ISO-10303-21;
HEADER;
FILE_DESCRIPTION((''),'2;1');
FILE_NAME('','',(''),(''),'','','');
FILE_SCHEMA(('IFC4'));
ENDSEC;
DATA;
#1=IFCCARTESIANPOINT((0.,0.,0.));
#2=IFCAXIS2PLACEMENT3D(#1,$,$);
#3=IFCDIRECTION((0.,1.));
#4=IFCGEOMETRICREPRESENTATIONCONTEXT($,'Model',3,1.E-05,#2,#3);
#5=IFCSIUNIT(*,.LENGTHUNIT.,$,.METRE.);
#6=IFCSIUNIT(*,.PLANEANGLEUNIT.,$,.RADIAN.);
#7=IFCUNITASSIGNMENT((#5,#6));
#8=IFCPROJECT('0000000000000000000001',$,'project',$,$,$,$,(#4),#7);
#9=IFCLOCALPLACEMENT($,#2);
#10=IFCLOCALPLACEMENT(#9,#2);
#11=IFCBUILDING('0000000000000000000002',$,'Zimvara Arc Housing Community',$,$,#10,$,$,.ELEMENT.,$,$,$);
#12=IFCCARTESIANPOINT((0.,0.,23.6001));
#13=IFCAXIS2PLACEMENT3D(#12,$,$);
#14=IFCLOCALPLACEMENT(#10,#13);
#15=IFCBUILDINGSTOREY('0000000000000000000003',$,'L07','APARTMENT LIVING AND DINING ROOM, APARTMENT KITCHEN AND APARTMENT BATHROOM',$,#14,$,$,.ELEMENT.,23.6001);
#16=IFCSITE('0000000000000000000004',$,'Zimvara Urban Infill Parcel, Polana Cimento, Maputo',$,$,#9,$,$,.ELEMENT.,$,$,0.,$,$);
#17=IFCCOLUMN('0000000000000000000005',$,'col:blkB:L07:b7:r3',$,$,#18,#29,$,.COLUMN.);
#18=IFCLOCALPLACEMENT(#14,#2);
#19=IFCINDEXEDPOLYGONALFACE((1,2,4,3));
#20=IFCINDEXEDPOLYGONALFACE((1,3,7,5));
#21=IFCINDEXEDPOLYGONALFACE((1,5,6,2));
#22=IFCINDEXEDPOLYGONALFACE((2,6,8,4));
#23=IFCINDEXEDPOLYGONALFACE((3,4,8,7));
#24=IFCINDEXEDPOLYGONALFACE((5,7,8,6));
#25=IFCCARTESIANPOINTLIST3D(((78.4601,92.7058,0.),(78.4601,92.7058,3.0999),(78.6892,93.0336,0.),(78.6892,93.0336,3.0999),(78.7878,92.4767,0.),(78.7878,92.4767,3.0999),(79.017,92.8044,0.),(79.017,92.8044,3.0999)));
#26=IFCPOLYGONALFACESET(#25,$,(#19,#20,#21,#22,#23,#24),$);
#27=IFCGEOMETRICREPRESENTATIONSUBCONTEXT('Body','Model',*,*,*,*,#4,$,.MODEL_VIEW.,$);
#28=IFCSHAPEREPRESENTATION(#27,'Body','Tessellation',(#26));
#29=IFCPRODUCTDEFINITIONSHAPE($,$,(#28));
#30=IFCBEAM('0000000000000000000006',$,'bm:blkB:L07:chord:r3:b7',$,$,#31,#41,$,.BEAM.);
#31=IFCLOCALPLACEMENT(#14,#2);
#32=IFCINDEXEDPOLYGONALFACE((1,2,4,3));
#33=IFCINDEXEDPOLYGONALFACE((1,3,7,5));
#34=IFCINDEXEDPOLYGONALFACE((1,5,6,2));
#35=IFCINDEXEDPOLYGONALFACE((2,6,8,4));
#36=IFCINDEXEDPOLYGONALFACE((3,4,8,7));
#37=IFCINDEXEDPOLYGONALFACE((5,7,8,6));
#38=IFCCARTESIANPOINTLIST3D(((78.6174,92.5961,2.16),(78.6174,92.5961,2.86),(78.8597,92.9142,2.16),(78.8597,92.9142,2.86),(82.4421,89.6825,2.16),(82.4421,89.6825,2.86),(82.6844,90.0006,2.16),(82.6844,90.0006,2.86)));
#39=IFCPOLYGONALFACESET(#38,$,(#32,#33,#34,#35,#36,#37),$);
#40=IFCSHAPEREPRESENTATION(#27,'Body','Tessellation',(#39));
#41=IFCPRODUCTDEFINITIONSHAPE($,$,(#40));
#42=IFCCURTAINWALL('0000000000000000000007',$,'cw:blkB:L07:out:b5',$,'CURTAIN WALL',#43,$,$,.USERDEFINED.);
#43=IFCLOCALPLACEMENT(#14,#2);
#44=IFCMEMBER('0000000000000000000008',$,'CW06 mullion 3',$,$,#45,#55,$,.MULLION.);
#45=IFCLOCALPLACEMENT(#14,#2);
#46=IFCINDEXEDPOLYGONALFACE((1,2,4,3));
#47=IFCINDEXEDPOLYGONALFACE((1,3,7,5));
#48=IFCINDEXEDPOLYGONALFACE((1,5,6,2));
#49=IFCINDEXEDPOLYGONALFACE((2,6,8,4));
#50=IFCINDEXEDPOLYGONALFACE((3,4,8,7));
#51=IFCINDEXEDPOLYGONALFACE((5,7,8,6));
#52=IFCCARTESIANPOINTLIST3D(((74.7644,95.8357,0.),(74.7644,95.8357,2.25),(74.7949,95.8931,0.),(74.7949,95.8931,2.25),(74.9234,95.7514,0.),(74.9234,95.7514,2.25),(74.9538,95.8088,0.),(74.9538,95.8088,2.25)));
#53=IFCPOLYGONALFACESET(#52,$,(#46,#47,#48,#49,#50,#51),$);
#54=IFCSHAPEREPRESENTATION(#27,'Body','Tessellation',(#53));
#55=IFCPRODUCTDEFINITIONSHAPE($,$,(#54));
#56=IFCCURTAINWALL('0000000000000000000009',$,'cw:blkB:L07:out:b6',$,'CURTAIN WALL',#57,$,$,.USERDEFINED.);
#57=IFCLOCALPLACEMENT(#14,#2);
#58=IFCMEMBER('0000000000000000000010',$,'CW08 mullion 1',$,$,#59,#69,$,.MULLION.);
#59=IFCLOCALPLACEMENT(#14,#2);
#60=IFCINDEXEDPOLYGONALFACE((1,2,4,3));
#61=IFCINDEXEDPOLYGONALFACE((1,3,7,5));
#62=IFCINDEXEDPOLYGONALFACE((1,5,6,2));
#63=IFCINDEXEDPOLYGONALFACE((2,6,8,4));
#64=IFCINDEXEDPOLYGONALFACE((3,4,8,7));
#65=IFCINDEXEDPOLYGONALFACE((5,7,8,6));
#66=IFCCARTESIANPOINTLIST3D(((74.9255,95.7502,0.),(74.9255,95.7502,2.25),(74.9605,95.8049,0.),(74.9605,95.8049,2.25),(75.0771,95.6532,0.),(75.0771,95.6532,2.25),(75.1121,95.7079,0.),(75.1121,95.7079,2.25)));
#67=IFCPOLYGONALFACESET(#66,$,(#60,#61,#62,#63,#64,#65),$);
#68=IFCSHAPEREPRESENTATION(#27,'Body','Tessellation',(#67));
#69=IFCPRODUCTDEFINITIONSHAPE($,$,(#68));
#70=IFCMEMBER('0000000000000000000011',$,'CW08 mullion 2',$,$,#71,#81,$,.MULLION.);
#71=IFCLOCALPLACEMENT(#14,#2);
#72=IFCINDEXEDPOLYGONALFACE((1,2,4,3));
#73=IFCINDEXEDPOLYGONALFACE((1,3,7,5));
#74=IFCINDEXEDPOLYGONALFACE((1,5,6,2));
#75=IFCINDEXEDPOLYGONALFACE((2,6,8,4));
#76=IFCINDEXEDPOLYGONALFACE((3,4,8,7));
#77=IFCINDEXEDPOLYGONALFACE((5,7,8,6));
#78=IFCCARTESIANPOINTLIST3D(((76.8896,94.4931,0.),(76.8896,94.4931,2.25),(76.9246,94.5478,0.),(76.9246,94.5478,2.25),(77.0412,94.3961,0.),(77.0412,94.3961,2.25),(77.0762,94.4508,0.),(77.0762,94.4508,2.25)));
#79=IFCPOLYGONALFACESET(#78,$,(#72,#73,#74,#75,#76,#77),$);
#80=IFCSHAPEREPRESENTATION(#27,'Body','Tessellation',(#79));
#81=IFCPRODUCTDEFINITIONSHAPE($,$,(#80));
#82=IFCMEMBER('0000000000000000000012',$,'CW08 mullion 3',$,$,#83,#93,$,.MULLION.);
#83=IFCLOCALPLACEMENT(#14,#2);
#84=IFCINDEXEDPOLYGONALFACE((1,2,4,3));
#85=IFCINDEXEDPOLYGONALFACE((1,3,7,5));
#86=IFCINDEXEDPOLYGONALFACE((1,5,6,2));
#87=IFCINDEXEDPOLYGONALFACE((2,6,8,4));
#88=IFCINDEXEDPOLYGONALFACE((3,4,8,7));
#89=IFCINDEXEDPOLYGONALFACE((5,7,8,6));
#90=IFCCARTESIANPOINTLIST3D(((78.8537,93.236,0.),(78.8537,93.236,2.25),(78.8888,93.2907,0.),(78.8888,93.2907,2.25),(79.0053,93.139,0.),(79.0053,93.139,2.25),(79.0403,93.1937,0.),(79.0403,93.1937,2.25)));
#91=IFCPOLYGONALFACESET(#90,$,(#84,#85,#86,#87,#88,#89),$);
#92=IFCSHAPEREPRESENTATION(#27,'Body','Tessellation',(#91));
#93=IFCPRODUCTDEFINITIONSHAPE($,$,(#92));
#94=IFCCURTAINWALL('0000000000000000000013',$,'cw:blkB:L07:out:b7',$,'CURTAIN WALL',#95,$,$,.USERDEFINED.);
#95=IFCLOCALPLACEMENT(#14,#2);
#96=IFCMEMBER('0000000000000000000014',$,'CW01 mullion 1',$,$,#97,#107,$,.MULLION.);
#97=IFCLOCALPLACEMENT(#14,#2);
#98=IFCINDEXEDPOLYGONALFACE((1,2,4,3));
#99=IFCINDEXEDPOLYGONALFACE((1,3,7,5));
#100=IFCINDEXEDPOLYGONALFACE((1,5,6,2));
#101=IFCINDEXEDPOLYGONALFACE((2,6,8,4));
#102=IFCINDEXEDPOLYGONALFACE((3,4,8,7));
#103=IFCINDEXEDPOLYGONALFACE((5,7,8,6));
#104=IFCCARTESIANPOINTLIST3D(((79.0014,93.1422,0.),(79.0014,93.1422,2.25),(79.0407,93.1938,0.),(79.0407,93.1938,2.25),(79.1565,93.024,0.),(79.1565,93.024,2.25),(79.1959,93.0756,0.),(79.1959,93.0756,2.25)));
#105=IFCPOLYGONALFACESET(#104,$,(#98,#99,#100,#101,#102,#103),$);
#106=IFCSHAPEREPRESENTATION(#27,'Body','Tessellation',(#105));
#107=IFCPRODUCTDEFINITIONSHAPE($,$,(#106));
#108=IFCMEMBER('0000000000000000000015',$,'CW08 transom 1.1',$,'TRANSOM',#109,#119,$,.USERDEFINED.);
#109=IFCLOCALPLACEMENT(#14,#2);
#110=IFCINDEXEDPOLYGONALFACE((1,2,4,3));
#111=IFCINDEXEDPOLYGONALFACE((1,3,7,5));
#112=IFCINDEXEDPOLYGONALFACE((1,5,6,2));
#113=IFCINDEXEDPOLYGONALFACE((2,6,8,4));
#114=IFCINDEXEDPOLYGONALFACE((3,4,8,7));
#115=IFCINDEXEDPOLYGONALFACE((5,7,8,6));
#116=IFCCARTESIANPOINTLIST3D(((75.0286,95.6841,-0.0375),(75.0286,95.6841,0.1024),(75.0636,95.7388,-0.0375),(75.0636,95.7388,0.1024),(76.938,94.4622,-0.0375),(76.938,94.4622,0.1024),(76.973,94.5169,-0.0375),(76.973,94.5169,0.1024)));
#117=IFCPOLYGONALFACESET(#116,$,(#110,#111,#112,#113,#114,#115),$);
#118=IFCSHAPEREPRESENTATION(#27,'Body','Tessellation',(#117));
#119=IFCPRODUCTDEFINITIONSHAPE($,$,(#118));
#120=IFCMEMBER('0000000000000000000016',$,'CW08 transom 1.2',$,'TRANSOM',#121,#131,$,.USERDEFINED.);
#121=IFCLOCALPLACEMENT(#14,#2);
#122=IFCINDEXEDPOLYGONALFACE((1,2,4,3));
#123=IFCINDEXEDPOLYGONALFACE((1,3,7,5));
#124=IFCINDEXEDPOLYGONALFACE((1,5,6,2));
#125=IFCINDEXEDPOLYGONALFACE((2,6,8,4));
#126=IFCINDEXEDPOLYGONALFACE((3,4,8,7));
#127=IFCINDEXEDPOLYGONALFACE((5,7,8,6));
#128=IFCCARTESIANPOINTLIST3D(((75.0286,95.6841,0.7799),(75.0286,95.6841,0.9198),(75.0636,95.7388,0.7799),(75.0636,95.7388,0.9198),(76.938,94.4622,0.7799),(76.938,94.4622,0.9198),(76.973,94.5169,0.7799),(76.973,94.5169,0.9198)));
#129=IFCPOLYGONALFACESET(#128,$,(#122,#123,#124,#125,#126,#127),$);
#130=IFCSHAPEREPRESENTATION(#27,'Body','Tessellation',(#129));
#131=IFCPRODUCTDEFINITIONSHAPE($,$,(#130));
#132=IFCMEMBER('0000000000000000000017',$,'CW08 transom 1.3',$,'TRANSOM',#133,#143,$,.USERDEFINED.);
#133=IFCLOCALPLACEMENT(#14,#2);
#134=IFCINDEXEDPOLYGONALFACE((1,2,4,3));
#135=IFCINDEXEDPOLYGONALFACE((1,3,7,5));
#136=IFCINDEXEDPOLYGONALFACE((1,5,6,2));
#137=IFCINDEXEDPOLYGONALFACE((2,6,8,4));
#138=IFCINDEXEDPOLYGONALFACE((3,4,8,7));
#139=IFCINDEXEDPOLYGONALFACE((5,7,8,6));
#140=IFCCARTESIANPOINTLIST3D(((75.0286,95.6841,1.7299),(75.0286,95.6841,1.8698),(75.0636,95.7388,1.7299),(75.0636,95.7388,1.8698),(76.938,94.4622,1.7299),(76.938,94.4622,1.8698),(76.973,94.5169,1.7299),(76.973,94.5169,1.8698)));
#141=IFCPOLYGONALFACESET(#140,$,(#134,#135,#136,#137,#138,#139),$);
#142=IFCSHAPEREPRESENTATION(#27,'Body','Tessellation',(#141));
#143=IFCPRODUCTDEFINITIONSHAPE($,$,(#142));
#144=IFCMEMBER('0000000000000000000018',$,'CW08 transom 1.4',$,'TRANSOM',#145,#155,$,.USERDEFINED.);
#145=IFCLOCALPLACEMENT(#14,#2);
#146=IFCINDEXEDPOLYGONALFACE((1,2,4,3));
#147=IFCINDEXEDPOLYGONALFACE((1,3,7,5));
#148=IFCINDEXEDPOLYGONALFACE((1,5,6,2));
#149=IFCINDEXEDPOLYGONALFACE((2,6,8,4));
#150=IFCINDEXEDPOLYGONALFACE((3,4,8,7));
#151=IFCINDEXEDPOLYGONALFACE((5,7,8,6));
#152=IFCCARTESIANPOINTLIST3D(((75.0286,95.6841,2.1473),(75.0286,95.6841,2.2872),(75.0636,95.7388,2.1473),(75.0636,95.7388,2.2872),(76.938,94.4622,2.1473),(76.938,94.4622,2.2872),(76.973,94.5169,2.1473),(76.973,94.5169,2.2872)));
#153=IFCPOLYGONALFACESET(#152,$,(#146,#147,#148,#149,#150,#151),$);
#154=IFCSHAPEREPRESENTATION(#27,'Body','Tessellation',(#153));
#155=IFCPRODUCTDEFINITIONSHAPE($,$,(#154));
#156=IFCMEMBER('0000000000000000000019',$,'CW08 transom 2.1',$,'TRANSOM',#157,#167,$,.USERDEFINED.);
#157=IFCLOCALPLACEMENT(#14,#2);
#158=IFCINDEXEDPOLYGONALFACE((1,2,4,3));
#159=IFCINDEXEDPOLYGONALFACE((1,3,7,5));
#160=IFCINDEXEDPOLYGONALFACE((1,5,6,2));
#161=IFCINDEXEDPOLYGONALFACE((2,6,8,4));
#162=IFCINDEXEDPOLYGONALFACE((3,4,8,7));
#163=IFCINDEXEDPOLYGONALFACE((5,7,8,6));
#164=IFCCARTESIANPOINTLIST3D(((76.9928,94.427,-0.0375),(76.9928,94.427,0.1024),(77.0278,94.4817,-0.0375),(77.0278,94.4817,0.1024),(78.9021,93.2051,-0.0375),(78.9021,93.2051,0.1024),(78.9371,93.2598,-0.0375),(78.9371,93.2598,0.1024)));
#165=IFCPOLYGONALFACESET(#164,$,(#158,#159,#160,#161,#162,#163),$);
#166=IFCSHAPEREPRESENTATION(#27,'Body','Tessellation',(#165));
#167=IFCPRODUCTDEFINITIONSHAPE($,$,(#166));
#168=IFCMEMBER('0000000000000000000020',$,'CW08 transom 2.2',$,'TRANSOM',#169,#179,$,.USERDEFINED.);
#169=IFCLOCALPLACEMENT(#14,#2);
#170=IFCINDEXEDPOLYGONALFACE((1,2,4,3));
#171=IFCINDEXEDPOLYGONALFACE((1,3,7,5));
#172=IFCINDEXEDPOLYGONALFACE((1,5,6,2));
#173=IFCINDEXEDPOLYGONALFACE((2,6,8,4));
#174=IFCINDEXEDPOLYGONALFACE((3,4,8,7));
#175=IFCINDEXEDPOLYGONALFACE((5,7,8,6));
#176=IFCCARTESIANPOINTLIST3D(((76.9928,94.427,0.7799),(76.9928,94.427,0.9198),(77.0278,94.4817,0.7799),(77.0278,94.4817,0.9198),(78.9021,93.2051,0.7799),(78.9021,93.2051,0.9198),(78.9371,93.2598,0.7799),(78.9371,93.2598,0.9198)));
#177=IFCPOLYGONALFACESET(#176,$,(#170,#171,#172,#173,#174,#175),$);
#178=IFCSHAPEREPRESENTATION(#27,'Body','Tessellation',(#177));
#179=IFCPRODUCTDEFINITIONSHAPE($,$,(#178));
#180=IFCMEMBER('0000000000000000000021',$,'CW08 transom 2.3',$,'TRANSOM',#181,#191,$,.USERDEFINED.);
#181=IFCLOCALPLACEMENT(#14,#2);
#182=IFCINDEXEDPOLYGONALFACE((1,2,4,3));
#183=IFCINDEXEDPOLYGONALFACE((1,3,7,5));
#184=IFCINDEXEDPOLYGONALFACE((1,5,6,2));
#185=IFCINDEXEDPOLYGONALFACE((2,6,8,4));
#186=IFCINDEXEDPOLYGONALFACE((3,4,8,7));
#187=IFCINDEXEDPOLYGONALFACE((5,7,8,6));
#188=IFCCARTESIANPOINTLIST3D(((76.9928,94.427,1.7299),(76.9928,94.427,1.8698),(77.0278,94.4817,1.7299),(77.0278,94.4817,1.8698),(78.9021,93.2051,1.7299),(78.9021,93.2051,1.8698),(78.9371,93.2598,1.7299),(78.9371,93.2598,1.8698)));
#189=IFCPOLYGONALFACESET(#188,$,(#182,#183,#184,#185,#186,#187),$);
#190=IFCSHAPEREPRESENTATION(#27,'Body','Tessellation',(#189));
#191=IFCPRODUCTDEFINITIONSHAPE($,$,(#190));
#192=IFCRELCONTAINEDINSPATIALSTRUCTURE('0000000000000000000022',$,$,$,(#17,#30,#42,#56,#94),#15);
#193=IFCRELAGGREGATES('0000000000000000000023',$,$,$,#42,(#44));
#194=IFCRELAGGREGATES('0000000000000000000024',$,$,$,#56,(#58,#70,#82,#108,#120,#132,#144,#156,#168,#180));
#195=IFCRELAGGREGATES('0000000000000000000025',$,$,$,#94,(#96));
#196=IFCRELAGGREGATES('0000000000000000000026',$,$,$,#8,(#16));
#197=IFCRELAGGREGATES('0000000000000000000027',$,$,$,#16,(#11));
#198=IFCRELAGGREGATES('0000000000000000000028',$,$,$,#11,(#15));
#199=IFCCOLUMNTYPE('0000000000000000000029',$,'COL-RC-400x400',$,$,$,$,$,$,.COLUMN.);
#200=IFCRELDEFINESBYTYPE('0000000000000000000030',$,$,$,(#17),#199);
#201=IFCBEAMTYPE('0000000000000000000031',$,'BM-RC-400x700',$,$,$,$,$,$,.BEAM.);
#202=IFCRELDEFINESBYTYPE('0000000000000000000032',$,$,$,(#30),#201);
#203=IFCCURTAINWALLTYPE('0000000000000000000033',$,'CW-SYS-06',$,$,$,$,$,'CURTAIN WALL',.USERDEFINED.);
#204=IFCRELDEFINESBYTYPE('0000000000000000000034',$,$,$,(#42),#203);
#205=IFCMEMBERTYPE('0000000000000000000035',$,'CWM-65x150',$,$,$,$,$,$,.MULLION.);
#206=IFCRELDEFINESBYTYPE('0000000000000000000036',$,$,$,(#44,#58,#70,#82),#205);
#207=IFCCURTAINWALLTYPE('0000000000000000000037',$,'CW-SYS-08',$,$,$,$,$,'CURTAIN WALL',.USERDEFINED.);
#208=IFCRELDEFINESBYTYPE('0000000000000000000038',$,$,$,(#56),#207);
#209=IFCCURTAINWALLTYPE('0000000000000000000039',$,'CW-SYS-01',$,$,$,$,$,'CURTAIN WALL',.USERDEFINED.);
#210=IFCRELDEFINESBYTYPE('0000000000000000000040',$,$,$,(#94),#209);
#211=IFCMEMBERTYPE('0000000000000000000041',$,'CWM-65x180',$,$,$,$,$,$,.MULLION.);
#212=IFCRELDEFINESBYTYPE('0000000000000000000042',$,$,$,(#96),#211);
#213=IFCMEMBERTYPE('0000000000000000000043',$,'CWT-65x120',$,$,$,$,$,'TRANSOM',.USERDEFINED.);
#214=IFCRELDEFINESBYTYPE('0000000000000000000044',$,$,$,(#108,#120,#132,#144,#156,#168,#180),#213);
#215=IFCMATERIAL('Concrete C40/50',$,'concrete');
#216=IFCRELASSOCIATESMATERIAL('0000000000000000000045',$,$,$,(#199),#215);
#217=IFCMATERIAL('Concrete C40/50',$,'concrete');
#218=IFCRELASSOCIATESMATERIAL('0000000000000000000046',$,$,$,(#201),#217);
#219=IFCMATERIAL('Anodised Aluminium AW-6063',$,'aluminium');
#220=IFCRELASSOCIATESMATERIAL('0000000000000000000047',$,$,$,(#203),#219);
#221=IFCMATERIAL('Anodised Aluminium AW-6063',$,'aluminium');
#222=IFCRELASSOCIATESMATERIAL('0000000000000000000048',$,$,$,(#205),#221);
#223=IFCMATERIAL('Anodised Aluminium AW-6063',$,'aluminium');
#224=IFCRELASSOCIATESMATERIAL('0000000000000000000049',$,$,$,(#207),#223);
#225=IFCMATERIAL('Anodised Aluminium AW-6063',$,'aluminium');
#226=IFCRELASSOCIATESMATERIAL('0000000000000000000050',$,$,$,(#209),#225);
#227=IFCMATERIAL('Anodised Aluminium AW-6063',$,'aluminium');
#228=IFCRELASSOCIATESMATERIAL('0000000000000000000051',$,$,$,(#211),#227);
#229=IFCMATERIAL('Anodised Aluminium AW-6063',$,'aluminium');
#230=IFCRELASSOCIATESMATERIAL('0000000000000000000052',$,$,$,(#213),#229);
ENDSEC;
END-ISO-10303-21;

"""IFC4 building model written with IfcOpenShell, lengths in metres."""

from ifc_helpers import new_model, si_unit, direction, frame, origin, origin_2d, place, context, subcontext, project, spatial, rectangle, extrude, material, material_profile, profile_set, type_object, element, aggregate, save


model = new_model("IFC4")

# Units and contexts
model_context = context("Model", 3, precision=1e-05, world=origin(), true_north=direction((0.0, 1.0)))
body_context = subcontext(model_context, "Body", "Model", "MODEL_VIEW")
ifc_project = project(units=[si_unit("LENGTHUNIT", "METRE"), si_unit("PLANEANGLEUNIT", "RADIAN")], contexts=[model_context])

# Site, building, storey
site_placement = place(None, origin())
site = spatial("IfcSite", under=ifc_project, at=site_placement, Name="Zimvara Urban Infill Parcel, Polana Cimento, Maputo", CompositionType="ELEMENT", RefElevation=0.0)
building_placement = place(site_placement, origin())
building = spatial("IfcBuilding", under=site, at=building_placement, Name="Zimvara Arc Housing Community", CompositionType="ELEMENT")
storey_placement = place(building_placement, frame((0.0, 0.0, 23.6001)))
storey = spatial("IfcBuildingStorey", under=building, at=storey_placement, Name="L07", Description="APARTMENT LIVING AND DINING ROOM, APARTMENT KITCHEN AND APARTMENT BATHROOM", CompositionType="ELEMENT", Elevation=23.6001)

# Column
ifc_material_1 = material(Name="Concrete C40/50", Category="concrete")
ifc_material_profile_1 = material_profile(ifc_material_1, rectangle(XDim=0.3999, YDim=0.3999, at=origin_2d()), Name="RC 400x400")
ifc_profile_set_1 = profile_set([ifc_material_profile_1], Name="Concrete C40/50")
column_type = type_object("IfcColumnType", Name="COL-RC-400x400", PredefinedType="COLUMN", material=ifc_profile_set_1)
column_placement = place(storey_placement, frame((78.7385, 92.7551, 0.0), z_axis=(0.0, 0.0, 1.0), x_axis=(0.573004, 0.819552, 0.0)))
element("IfcColumn", 1, at=column_placement, inside=storey, type_object=column_type, Name="col:blkB:L07:b7:r3", PredefinedType="COLUMN", context=body_context, shape_type="SweptSolid", body=[
    extrude(rectangle(XDim=0.3999, YDim=0.3999, at=origin_2d()), origin(), (0.0, 0.0, 1.0), 3.0999),
])

# Beam
ifc_material_2 = material(Name="Concrete C40/50", Category="concrete")
ifc_material_profile_2 = material_profile(ifc_material_2, rectangle(XDim=0.3999, YDim=0.7, at=origin_2d()), Name="RC 400x700")
ifc_profile_set_2 = profile_set([ifc_material_profile_2], Name="Concrete C40/50")
beam_type = type_object("IfcBeamType", Name="BM-RC-400x700", PredefinedType="BEAM", material=ifc_profile_set_2)
beam_placement = place(storey_placement, frame((78.7385, 92.7551, 2.51), z_axis=(0.795481, -0.605979, 0.0), x_axis=(0.605979, 0.795481, 0.0)))
element("IfcBeam", 2, at=beam_placement, inside=storey, type_object=beam_type, Name="bm:blkB:L07:chord:r3:b7", PredefinedType="BEAM", context=body_context, shape_type="SweptSolid", body=[
    extrude(rectangle(XDim=0.3999, YDim=0.7, at=origin_2d()), origin(), (0.0, 0.0, 1.0), 4.8081),
])

# Curtain wall, member
ifc_material_3 = material(Name="Anodised Aluminium AW-6063", Category="aluminium")
curtain_wall_type_1 = type_object("IfcCurtainWallType", Name="CW-SYS-06", ElementType="CURTAIN WALL", PredefinedType="USERDEFINED", material=ifc_material_3)
curtain_wall_1_placement = place(storey_placement, origin())
curtain_wall_1 = element("IfcCurtainWall", 3, at=curtain_wall_1_placement, inside=storey, type_object=curtain_wall_type_1, Name="cw:blkB:L07:out:b5", ObjectType="CURTAIN WALL", PredefinedType="USERDEFINED")
ifc_material_4 = material(Name="Anodised Aluminium AW-6063", Category="aluminium")
ifc_material_profile_3 = material_profile(ifc_material_4, rectangle(XDim=0.0649, YDim=0.1799, at=origin_2d()), Name="ALU 65x180")
ifc_profile_set_3 = profile_set([ifc_material_profile_3], Name="Anodised Aluminium AW-6063")
member_type_1 = type_object("IfcMemberType", Name="CWM-65x150", PredefinedType="MULLION", material=ifc_profile_set_3)
member_1_placement = place(storey_placement, frame((74.8591, 95.8223, 0.0), z_axis=(0.0, 0.0, 1.0), x_axis=(0.468547, 0.883439, 0.0)))
member_1 = element("IfcMember", 4, at=member_1_placement, type_object=member_type_1, Name="CW06 mullion 3", PredefinedType="MULLION", context=body_context, shape_type="SweptSolid", body=[
    extrude(rectangle(XDim=0.0649, YDim=0.1799, at=origin_2d()), origin(), (0.0, 0.0, 1.0), 2.25),
])
aggregate(curtain_wall_1, [member_1])

# Curtain wall, members
ifc_material_5 = material(Name="Anodised Aluminium AW-6063", Category="aluminium")
curtain_wall_type_2 = type_object("IfcCurtainWallType", Name="CW-SYS-08", ElementType="CURTAIN WALL", PredefinedType="USERDEFINED", material=ifc_material_5)
curtain_wall_2_placement = place(storey_placement, origin())
curtain_wall_2 = element("IfcCurtainWall", 5, at=curtain_wall_2_placement, inside=storey, type_object=curtain_wall_type_2, Name="cw:blkB:L07:out:b6", ObjectType="CURTAIN WALL", PredefinedType="USERDEFINED")
member_2_placement = place(storey_placement, frame((75.0188, 95.729, 0.0), z_axis=(0.0, 0.0, 1.0), x_axis=(0.539065, 0.842264, 0.0)))
member_2 = element("IfcMember", 6, at=member_2_placement, type_object=member_type_1, Name="CW08 mullion 1", PredefinedType="MULLION", context=body_context, shape_type="SweptSolid", body=[
    extrude(rectangle(XDim=0.0649, YDim=0.1799, at=origin_2d()), origin(), (0.0, 0.0, 1.0), 2.25),
])
member_3_placement = place(storey_placement, frame((76.9829, 94.4719, 0.0), z_axis=(0.0, 0.0, 1.0), x_axis=(0.539065, 0.842264, 0.0)))
member_3 = element("IfcMember", 7, at=member_3_placement, type_object=member_type_1, Name="CW08 mullion 2", PredefinedType="MULLION", context=body_context, shape_type="SweptSolid", body=[
    extrude(rectangle(XDim=0.0649, YDim=0.1799, at=origin_2d()), origin(), (0.0, 0.0, 1.0), 2.25),
])
member_4_placement = place(storey_placement, frame((78.947, 93.2148, 0.0), z_axis=(0.0, 0.0, 1.0), x_axis=(0.539065, 0.842264, 0.0)))
member_4 = element("IfcMember", 8, at=member_4_placement, type_object=member_type_1, Name="CW08 mullion 3", PredefinedType="MULLION", context=body_context, shape_type="SweptSolid", body=[
    extrude(rectangle(XDim=0.0649, YDim=0.1799, at=origin_2d()), origin(), (0.0, 0.0, 1.0), 2.25),
])

# Curtain wall, member
ifc_material_6 = material(Name="Anodised Aluminium AW-6063", Category="aluminium")
curtain_wall_type_3 = type_object("IfcCurtainWallType", Name="CW-SYS-01", ElementType="CURTAIN WALL", PredefinedType="USERDEFINED", material=ifc_material_6)
curtain_wall_3_placement = place(storey_placement, origin())
curtain_wall_3 = element("IfcCurtainWall", 9, at=curtain_wall_3_placement, inside=storey, type_object=curtain_wall_type_3, Name="cw:blkB:L07:out:b7", ObjectType="CURTAIN WALL", PredefinedType="USERDEFINED")
ifc_material_7 = material(Name="Anodised Aluminium AW-6063", Category="aluminium")
ifc_material_profile_4 = material_profile(ifc_material_7, rectangle(XDim=0.0649, YDim=0.1951, at=origin_2d()), Name="ALU 65x195")
ifc_profile_set_4 = profile_set([ifc_material_profile_4], Name="Anodised Aluminium AW-6063")
member_type_2 = type_object("IfcMemberType", Name="CWM-65x180", PredefinedType="MULLION", material=ifc_profile_set_4)
member_5_placement = place(storey_placement, frame((79.0986, 93.1089, 0.0), z_axis=(0.0, 0.0, 1.0), x_axis=(0.605988, 0.795474, 0.0)))
member_5 = element("IfcMember", 10, at=member_5_placement, type_object=member_type_2, Name="CW01 mullion 1", PredefinedType="MULLION", context=body_context, shape_type="SweptSolid", body=[
    extrude(rectangle(XDim=0.0649, YDim=0.1951, at=origin_2d()), origin(), (0.0, 0.0, 1.0), 2.25),
])

# Members
ifc_material_8 = material(Name="Anodised Aluminium AW-6063", Category="aluminium")
ifc_material_profile_5 = material_profile(ifc_material_8, rectangle(XDim=0.0649, YDim=0.1399, at=origin_2d()), Name="ALU 65x140")
ifc_profile_set_5 = profile_set([ifc_material_profile_5], Name="Anodised Aluminium AW-6063")
member_type_3 = type_object("IfcMemberType", Name="CWT-65x120", ElementType="TRANSOM", PredefinedType="USERDEFINED", material=ifc_profile_set_5)
member_6_placement = place(storey_placement, frame((75.0461, 95.7114, 0.0325), z_axis=(0.842293, -0.53902, 0.0), x_axis=(0.53902, 0.842293, 0.0)))
member_6 = element("IfcMember", 11, at=member_6_placement, type_object=member_type_3, Name="CW08 transom 1.1", ObjectType="TRANSOM", PredefinedType="USERDEFINED", context=body_context, shape_type="SweptSolid", body=[
    extrude(rectangle(XDim=0.0649, YDim=0.1399, at=origin_2d()), origin(), (0.0, 0.0, 1.0), 2.2668),
])
member_7_placement = place(storey_placement, frame((75.0461, 95.7114, 0.8499), z_axis=(0.842293, -0.53902, 0.0), x_axis=(0.53902, 0.842293, 0.0)))
member_7 = element("IfcMember", 12, at=member_7_placement, type_object=member_type_3, Name="CW08 transom 1.2", ObjectType="TRANSOM", PredefinedType="USERDEFINED", context=body_context, shape_type="SweptSolid", body=[
    extrude(rectangle(XDim=0.0649, YDim=0.1399, at=origin_2d()), origin(), (0.0, 0.0, 1.0), 2.2668),
])
member_8_placement = place(storey_placement, frame((75.0461, 95.7114, 1.7998), z_axis=(0.842293, -0.53902, 0.0), x_axis=(0.53902, 0.842293, 0.0)))
member_8 = element("IfcMember", 13, at=member_8_placement, type_object=member_type_3, Name="CW08 transom 1.3", ObjectType="TRANSOM", PredefinedType="USERDEFINED", context=body_context, shape_type="SweptSolid", body=[
    extrude(rectangle(XDim=0.0649, YDim=0.1399, at=origin_2d()), origin(), (0.0, 0.0, 1.0), 2.2668),
])
member_9_placement = place(storey_placement, frame((75.0461, 95.7114, 2.2173), z_axis=(0.842293, -0.53902, 0.0), x_axis=(0.53902, 0.842293, 0.0)))
member_9 = element("IfcMember", 14, at=member_9_placement, type_object=member_type_3, Name="CW08 transom 1.4", ObjectType="TRANSOM", PredefinedType="USERDEFINED", context=body_context, shape_type="SweptSolid", body=[
    extrude(rectangle(XDim=0.0649, YDim=0.1399, at=origin_2d()), origin(), (0.0, 0.0, 1.0), 2.2668),
])
member_10_placement = place(storey_placement, frame((77.0103, 94.4543, 0.0325), z_axis=(0.842293, -0.53902, 0.0), x_axis=(0.53902, 0.842293, 0.0)))
member_10 = element("IfcMember", 15, at=member_10_placement, type_object=member_type_3, Name="CW08 transom 2.1", ObjectType="TRANSOM", PredefinedType="USERDEFINED", context=body_context, shape_type="SweptSolid", body=[
    extrude(rectangle(XDim=0.0649, YDim=0.1399, at=origin_2d()), origin(), (0.0, 0.0, 1.0), 2.2668),
])
member_11_placement = place(storey_placement, frame((77.0103, 94.4543, 0.8499), z_axis=(0.842293, -0.53902, 0.0), x_axis=(0.53902, 0.842293, 0.0)))
member_11 = element("IfcMember", 16, at=member_11_placement, type_object=member_type_3, Name="CW08 transom 2.2", ObjectType="TRANSOM", PredefinedType="USERDEFINED", context=body_context, shape_type="SweptSolid", body=[
    extrude(rectangle(XDim=0.0649, YDim=0.1399, at=origin_2d()), origin(), (0.0, 0.0, 1.0), 2.2668),
])
member_12_placement = place(storey_placement, frame((77.0103, 94.4543, 1.7998), z_axis=(0.842293, -0.53902, 0.0), x_axis=(0.53902, 0.842293, 0.0)))
member_12 = element("IfcMember", 17, at=member_12_placement, type_object=member_type_3, Name="CW08 transom 2.3", ObjectType="TRANSOM", PredefinedType="USERDEFINED", context=body_context, shape_type="SweptSolid", body=[
    extrude(rectangle(XDim=0.0649, YDim=0.1399, at=origin_2d()), origin(), (0.0, 0.0, 1.0), 2.2668),
])

aggregate(curtain_wall_2, [member_2, member_3, member_4, member_6, member_7, member_8, member_9, member_10, member_11, member_12])
aggregate(curtain_wall_3, [member_5])

save(model, "model.ifc")
